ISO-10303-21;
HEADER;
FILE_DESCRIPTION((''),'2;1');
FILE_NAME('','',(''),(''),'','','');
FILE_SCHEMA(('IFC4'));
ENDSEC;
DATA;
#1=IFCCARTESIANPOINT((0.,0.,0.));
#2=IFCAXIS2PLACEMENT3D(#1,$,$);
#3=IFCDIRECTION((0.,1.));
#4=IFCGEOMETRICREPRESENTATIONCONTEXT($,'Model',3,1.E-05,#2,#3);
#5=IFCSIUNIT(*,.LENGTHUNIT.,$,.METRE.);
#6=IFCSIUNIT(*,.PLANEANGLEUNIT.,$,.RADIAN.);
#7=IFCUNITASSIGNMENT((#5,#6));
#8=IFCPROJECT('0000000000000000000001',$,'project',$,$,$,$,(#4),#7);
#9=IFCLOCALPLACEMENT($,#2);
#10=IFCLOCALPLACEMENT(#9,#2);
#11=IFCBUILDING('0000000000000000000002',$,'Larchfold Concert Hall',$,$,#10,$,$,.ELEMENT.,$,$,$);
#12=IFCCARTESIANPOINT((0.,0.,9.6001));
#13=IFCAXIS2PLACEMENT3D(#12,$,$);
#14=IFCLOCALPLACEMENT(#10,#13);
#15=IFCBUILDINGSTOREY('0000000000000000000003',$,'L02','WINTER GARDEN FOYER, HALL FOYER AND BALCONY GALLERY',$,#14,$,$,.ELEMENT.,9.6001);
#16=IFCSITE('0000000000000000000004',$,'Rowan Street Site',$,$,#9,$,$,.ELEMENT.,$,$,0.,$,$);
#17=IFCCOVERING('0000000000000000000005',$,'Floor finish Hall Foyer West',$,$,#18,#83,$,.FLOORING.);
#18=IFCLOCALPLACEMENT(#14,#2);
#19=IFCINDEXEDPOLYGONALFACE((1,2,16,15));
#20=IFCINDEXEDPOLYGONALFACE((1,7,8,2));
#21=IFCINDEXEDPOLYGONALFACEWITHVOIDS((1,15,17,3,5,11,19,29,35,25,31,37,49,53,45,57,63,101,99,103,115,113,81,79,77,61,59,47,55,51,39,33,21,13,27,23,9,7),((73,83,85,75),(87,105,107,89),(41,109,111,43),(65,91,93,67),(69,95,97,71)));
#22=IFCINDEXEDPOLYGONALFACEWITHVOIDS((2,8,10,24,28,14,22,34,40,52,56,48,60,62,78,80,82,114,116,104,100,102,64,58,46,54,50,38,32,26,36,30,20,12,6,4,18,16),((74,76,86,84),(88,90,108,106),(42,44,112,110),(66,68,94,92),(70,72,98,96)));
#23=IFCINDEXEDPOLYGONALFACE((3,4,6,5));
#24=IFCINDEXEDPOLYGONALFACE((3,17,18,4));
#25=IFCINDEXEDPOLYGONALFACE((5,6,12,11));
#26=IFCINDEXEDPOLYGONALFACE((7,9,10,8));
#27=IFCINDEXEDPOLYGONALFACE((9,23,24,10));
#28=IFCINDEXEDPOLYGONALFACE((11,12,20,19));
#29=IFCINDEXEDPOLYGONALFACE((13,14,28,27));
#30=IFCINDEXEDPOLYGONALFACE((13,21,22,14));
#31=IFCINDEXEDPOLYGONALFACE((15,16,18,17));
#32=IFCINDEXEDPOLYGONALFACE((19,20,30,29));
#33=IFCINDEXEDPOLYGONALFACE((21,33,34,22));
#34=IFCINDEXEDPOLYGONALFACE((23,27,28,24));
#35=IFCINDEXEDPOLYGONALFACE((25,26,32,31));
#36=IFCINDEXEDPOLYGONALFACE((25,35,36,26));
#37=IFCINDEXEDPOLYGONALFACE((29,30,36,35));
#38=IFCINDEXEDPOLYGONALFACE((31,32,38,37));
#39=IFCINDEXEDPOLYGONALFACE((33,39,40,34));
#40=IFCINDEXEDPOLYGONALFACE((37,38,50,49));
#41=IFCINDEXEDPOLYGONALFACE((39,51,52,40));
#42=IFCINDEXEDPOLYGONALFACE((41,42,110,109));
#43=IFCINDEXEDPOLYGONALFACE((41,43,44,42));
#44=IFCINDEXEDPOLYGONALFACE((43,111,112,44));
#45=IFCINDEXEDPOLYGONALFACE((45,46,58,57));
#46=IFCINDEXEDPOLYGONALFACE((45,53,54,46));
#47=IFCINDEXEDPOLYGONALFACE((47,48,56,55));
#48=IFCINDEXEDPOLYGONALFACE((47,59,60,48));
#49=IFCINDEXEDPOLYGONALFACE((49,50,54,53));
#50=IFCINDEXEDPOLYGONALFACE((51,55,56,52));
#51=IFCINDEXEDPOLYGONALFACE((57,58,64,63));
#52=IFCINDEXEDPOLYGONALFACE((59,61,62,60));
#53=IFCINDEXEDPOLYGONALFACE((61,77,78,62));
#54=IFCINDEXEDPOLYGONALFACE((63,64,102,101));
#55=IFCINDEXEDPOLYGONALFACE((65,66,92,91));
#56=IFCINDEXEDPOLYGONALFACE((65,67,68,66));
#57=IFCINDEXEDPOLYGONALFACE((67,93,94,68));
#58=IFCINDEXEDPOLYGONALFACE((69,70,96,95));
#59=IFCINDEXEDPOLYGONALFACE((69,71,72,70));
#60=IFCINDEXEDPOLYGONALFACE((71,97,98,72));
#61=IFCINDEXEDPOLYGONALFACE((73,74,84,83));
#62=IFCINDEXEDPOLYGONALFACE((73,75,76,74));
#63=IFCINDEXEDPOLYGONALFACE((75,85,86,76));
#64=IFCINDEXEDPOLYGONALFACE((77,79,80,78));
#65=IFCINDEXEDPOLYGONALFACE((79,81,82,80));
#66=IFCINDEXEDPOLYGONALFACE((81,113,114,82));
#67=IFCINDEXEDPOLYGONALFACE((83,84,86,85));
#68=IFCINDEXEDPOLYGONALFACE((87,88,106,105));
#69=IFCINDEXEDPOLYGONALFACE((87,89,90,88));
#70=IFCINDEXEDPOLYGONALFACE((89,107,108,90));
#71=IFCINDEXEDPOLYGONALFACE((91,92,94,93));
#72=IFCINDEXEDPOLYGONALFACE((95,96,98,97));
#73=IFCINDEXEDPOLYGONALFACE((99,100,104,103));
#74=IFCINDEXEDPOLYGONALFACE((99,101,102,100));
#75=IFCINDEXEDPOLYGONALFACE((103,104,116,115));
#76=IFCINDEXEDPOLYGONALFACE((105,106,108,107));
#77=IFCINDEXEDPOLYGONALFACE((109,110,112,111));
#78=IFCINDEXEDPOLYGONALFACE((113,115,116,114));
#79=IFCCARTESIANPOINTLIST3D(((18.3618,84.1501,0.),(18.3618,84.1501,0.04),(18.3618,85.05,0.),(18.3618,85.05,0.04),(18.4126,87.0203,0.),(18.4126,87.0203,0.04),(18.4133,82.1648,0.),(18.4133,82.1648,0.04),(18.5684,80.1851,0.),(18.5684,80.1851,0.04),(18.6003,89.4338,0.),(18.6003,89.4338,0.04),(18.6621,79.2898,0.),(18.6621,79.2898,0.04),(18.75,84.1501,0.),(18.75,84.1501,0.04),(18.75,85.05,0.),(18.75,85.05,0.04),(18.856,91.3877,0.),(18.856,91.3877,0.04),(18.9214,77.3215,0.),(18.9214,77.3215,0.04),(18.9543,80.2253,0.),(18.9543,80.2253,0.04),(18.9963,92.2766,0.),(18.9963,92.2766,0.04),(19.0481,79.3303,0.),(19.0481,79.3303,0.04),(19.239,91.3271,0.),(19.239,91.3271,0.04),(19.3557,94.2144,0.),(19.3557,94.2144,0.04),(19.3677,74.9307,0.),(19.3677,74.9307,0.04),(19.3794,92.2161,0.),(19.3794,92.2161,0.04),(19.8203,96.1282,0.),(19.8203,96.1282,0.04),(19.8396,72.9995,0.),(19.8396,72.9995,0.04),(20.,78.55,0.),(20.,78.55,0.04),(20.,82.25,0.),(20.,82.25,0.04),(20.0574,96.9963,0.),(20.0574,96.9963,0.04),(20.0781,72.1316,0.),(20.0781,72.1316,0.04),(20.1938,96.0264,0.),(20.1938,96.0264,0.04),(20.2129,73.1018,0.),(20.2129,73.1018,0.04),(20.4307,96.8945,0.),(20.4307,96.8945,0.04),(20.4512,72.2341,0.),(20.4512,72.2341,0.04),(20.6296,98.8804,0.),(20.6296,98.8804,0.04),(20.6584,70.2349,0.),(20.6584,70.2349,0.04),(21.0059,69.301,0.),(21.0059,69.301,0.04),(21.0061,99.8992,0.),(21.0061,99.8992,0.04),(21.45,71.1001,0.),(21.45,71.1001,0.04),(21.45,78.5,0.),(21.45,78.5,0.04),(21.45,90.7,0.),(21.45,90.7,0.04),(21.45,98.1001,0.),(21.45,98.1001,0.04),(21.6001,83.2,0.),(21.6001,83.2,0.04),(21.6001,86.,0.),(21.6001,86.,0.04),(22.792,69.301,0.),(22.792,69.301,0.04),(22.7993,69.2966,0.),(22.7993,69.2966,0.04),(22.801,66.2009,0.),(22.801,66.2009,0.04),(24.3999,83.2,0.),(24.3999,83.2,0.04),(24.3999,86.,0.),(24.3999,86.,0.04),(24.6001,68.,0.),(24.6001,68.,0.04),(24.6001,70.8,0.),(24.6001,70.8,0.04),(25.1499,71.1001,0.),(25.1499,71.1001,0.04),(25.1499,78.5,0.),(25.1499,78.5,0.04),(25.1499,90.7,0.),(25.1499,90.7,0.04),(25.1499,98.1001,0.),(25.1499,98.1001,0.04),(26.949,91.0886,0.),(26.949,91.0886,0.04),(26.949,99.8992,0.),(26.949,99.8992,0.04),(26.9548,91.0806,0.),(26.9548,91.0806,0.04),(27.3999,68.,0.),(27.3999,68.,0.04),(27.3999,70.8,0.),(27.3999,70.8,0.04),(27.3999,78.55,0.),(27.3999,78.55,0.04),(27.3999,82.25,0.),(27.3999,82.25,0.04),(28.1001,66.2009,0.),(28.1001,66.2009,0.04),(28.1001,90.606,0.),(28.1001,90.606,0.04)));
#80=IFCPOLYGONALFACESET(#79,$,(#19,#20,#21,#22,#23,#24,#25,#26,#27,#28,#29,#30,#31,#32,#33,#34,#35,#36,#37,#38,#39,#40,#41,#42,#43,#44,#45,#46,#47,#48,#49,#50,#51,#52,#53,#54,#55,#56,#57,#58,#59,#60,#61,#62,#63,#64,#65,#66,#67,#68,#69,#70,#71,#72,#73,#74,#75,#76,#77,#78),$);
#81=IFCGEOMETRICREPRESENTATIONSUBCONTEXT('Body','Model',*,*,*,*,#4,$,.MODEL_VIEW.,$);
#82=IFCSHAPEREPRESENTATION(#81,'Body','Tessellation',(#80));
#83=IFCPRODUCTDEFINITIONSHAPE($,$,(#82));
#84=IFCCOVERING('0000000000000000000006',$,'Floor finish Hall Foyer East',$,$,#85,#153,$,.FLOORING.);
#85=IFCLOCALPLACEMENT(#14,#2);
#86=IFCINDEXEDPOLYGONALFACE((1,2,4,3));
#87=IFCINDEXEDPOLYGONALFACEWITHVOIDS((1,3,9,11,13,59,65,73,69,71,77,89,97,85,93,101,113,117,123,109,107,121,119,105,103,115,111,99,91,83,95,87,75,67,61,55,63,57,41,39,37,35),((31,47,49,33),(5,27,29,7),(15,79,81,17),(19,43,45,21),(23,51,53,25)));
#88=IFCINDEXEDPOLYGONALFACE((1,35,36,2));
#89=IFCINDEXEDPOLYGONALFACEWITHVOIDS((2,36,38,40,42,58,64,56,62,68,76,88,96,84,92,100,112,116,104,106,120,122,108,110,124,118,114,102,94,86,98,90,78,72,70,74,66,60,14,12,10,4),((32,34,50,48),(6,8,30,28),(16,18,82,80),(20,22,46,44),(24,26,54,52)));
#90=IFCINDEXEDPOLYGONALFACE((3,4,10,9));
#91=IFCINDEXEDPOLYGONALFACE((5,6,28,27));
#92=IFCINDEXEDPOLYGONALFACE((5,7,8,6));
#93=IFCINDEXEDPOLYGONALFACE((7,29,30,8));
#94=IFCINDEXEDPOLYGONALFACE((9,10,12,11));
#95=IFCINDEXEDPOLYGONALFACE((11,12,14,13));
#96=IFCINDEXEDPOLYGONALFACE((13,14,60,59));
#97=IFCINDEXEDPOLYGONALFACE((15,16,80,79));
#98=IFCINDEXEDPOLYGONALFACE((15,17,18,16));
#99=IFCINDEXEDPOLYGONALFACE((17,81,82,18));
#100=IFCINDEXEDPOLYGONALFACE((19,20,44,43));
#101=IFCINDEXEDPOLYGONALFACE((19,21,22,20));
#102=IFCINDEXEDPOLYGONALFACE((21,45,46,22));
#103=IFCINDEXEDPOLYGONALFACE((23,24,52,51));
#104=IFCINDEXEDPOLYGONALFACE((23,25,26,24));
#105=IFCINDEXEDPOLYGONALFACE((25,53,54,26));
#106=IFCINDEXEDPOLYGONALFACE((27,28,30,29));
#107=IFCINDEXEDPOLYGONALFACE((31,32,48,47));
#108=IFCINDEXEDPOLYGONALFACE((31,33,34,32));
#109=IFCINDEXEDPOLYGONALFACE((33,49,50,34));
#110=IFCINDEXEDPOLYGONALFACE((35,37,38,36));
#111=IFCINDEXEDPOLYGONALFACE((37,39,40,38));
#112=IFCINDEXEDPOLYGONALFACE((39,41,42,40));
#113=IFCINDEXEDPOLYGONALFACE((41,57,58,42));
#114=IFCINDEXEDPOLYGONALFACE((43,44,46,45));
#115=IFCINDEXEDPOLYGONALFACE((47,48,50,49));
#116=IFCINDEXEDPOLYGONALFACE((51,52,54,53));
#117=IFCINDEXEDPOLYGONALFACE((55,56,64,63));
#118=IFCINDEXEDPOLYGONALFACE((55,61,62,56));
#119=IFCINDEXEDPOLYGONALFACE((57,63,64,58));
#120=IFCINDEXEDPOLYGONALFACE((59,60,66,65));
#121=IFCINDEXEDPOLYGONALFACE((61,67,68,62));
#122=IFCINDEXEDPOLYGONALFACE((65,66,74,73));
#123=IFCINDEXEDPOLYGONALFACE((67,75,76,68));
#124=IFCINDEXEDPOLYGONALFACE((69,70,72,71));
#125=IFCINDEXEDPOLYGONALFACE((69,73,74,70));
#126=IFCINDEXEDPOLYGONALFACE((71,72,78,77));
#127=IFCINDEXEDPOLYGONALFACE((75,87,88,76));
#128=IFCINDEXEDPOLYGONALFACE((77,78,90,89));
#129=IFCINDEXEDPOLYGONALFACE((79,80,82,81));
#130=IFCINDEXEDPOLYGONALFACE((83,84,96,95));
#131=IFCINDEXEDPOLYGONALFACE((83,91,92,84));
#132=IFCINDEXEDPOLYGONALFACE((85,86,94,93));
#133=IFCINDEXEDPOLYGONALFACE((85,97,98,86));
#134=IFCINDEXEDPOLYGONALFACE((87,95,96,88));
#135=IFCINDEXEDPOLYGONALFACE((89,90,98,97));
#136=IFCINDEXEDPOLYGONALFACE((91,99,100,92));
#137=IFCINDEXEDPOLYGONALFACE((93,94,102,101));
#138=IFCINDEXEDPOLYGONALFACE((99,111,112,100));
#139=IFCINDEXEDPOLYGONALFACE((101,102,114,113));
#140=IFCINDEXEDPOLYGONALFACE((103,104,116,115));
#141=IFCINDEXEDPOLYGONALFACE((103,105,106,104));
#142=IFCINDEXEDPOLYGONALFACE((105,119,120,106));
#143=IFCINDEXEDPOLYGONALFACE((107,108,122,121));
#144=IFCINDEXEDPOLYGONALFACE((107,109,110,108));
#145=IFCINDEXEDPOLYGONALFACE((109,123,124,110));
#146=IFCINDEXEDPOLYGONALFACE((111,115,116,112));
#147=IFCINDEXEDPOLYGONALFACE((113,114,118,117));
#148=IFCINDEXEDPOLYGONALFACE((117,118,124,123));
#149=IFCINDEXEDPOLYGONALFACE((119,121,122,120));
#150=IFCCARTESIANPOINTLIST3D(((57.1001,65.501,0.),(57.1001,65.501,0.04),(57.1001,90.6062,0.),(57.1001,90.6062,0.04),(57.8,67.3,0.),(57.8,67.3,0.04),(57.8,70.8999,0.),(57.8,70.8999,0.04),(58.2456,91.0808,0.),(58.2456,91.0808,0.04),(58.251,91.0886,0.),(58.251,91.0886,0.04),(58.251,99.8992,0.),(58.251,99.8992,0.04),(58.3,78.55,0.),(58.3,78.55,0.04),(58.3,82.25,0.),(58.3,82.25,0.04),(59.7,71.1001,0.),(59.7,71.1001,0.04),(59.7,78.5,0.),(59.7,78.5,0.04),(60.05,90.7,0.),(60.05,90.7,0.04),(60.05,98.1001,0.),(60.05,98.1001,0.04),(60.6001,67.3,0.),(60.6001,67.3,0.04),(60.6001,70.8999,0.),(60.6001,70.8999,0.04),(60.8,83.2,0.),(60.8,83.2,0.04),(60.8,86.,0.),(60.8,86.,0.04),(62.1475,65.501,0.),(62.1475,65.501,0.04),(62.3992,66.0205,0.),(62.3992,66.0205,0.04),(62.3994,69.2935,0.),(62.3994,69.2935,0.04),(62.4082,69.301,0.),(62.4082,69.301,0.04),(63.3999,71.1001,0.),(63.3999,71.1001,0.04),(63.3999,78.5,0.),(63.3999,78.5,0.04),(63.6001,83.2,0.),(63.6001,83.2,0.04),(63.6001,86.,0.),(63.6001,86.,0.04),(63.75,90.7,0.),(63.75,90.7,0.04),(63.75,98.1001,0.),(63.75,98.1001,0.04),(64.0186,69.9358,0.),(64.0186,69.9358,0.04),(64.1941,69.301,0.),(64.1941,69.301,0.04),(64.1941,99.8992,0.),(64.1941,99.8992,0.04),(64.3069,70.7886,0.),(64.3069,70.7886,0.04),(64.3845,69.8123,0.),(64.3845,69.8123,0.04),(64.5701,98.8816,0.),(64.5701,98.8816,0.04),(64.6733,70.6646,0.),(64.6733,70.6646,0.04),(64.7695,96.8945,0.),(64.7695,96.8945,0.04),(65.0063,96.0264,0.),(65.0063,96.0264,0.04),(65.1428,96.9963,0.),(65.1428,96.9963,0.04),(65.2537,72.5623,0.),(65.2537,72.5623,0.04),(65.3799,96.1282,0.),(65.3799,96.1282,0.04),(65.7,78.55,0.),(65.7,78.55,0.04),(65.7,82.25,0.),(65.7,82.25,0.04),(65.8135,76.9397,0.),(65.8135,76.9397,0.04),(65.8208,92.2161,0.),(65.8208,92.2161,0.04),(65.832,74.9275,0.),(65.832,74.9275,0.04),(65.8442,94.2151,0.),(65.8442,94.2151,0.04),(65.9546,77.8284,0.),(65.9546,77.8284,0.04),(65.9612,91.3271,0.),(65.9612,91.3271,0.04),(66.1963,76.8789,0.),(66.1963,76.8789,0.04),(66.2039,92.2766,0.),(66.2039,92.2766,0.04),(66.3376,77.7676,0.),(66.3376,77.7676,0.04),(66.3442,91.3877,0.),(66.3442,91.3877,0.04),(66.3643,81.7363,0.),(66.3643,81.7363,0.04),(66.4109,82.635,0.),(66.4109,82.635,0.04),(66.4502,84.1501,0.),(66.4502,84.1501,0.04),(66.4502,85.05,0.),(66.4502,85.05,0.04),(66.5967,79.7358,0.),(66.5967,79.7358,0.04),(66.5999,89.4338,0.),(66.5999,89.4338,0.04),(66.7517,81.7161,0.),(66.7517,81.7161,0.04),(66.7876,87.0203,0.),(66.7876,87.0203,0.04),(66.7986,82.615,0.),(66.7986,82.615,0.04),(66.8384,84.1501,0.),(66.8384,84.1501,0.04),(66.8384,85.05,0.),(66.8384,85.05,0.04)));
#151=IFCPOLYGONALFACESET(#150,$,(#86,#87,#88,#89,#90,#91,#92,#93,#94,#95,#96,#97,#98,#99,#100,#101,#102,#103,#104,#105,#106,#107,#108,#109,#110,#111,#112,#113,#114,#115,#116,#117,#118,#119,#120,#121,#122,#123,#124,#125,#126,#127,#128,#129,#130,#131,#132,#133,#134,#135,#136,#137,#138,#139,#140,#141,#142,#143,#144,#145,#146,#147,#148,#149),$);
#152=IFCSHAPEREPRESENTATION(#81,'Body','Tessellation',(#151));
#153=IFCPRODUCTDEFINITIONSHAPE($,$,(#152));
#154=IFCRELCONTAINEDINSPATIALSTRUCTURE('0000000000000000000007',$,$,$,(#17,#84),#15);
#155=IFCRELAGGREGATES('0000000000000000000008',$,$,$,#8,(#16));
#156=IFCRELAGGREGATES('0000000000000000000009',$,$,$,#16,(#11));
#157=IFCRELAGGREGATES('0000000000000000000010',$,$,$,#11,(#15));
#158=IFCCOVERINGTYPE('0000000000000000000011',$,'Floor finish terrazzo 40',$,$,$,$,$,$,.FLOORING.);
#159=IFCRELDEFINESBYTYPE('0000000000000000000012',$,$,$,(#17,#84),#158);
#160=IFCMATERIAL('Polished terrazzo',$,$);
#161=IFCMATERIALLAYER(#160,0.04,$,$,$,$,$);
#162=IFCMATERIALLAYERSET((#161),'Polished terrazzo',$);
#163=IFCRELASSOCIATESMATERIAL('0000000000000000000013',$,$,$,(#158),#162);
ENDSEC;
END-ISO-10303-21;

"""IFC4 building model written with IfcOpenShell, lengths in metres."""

from ifc_helpers import new_model, si_unit, direction, frame, origin, place, context, subcontext, project, spatial, polyline, outline, extrude, material, layer, layer_set, type_object, element, save


model = new_model("IFC4")

# Units and contexts
model_context = context("Model", 3, precision=1e-05, world=origin(), true_north=direction((0.0, 1.0)))
body_context = subcontext(model_context, "Body", "Model", "MODEL_VIEW")
ifc_project = project(units=[si_unit("LENGTHUNIT", "METRE"), si_unit("PLANEANGLEUNIT", "RADIAN")], contexts=[model_context])

# Site, building, storey
site_placement = place(None, origin())
site = spatial("IfcSite", under=ifc_project, at=site_placement, Name="Rowan Street Site", CompositionType="ELEMENT", RefElevation=0.0)
building_placement = place(site_placement, origin())
building = spatial("IfcBuilding", under=site, at=building_placement, Name="Larchfold Concert Hall", CompositionType="ELEMENT")
storey_placement = place(building_placement, frame((0.0, 0.0, 9.6001)))
storey = spatial("IfcBuildingStorey", under=building, at=storey_placement, Name="L02", Description="WINTER GARDEN FOYER, HALL FOYER AND BALCONY GALLERY", CompositionType="ELEMENT", Elevation=9.6001)

# Coverings
ifc_material_1 = material(Name="Polished terrazzo")
ifc_layer_1 = layer(ifc_material_1, 0.04)
ifc_layer_set_1 = layer_set([ifc_layer_1], Name="Polished terrazzo")
covering_type_1 = type_object("IfcCoveringType", Name="Floor finish terrazzo 40", PredefinedType="FLOORING", material=ifc_layer_set_1)
covering_1_placement = place(storey_placement, origin())
element("IfcCovering", 1, at=covering_1_placement, inside=storey, type_object=covering_type_1, Name="Floor finish Hall Foyer West", PredefinedType="FLOORING", context=body_context, shape_type="SweptSolid", body=[
    extrude(outline(polyline([(18.4133, 82.1648), (18.5684, 80.1851), (18.9543, 80.2253), (19.0481, 79.3303), (18.6621, 79.2898), (18.9214, 77.3215), (19.3677, 74.9307), (19.8396, 72.9995), (20.2129, 73.1018), (20.4512, 72.2341), (20.0781, 72.1316), (20.6584, 70.2349), (21.0059, 69.301), (22.792, 69.301), (22.7993, 69.2966), (22.801, 66.2009), (28.1001, 66.2009), (28.1001, 90.606), (26.9548, 91.0806), (26.949, 91.0886), (26.949, 99.8992), (21.0061, 99.8992), (20.6296, 98.8804), (20.0574, 96.9963), (20.4307, 96.8945), (20.1938, 96.0264), (19.8203, 96.1282), (19.3557, 94.2144), (18.9963, 92.2766), (19.3794, 92.2161), (19.239, 91.3271), (18.856, 91.3877), (18.6003, 89.4338), (18.4126, 87.0203), (18.3618, 85.05), (18.75, 85.05), (18.75, 84.1501), (18.3618, 84.1501), (18.4133, 82.1648)]), holes=[polyline([(20.0, 78.55), (20.0, 82.25), (27.3999, 82.25), (27.3999, 78.55), (20.0, 78.55)]), polyline([(24.6001, 68.0), (24.6001, 70.8), (27.3999, 70.8), (27.3999, 68.0), (24.6001, 68.0)]), polyline([(21.45, 71.1001), (21.45, 78.5), (25.1499, 78.5), (25.1499, 71.1001), (21.45, 71.1001)]), polyline([(21.45, 90.7), (21.45, 98.1001), (25.1499, 98.1001), (25.1499, 90.7), (21.45, 90.7)]), polyline([(21.6001, 83.2), (21.6001, 86.0), (24.3999, 86.0), (24.3999, 83.2), (21.6001, 83.2)])]), origin(), (0.0, 0.0, 1.0), 0.04),
])
covering_2_placement = place(storey_placement, origin())
element("IfcCovering", 2, at=covering_2_placement, inside=storey, type_object=covering_type_1, Name="Floor finish Hall Foyer East", PredefinedType="FLOORING", context=body_context, shape_type="SweptSolid", body=[
    extrude(outline(polyline([(58.2456, 91.0808), (57.1001, 90.6062), (57.1001, 65.501), (62.1475, 65.501), (62.3992, 66.0205), (62.3994, 69.2935), (62.4082, 69.301), (64.1941, 69.301), (64.3845, 69.8123), (64.0186, 69.9358), (64.3069, 70.7886), (64.6733, 70.6646), (65.2537, 72.5623), (65.832, 74.9275), (66.1963, 76.8789), (65.8135, 76.9397), (65.9546, 77.8284), (66.3376, 77.7676), (66.5967, 79.7358), (66.7517, 81.7161), (66.3643, 81.7363), (66.4109, 82.635), (66.7986, 82.615), (66.8384, 84.1501), (66.4502, 84.1501), (66.4502, 85.05), (66.8384, 85.05), (66.7876, 87.0203), (66.5999, 89.4338), (66.3442, 91.3877), (65.9612, 91.3271), (65.8208, 92.2161), (66.2039, 92.2766), (65.8442, 94.2151), (65.3799, 96.1282), (65.0063, 96.0264), (64.7695, 96.8945), (65.1428, 96.9963), (64.5701, 98.8816), (64.1941, 99.8992), (58.251, 99.8992), (58.251, 91.0886), (58.2456, 91.0808)]), holes=[polyline([(58.3, 82.25), (65.7, 82.25), (65.7, 78.55), (58.3, 78.55), (58.3, 82.25)]), polyline([(60.05, 90.7), (60.05, 98.1001), (63.75, 98.1001), (63.75, 90.7), (60.05, 90.7)]), polyline([(60.8, 86.0), (63.6001, 86.0), (63.6001, 83.2), (60.8, 83.2), (60.8, 86.0)]), polyline([(59.7, 78.5), (63.3999, 78.5), (63.3999, 71.1001), (59.7, 71.1001), (59.7, 78.5)]), polyline([(57.8, 67.3), (57.8, 70.8999), (60.6001, 70.8999), (60.6001, 67.3), (57.8, 67.3)])]), origin(), (0.0, 0.0, 1.0), 0.04),
])

save(model, "model.ifc")
